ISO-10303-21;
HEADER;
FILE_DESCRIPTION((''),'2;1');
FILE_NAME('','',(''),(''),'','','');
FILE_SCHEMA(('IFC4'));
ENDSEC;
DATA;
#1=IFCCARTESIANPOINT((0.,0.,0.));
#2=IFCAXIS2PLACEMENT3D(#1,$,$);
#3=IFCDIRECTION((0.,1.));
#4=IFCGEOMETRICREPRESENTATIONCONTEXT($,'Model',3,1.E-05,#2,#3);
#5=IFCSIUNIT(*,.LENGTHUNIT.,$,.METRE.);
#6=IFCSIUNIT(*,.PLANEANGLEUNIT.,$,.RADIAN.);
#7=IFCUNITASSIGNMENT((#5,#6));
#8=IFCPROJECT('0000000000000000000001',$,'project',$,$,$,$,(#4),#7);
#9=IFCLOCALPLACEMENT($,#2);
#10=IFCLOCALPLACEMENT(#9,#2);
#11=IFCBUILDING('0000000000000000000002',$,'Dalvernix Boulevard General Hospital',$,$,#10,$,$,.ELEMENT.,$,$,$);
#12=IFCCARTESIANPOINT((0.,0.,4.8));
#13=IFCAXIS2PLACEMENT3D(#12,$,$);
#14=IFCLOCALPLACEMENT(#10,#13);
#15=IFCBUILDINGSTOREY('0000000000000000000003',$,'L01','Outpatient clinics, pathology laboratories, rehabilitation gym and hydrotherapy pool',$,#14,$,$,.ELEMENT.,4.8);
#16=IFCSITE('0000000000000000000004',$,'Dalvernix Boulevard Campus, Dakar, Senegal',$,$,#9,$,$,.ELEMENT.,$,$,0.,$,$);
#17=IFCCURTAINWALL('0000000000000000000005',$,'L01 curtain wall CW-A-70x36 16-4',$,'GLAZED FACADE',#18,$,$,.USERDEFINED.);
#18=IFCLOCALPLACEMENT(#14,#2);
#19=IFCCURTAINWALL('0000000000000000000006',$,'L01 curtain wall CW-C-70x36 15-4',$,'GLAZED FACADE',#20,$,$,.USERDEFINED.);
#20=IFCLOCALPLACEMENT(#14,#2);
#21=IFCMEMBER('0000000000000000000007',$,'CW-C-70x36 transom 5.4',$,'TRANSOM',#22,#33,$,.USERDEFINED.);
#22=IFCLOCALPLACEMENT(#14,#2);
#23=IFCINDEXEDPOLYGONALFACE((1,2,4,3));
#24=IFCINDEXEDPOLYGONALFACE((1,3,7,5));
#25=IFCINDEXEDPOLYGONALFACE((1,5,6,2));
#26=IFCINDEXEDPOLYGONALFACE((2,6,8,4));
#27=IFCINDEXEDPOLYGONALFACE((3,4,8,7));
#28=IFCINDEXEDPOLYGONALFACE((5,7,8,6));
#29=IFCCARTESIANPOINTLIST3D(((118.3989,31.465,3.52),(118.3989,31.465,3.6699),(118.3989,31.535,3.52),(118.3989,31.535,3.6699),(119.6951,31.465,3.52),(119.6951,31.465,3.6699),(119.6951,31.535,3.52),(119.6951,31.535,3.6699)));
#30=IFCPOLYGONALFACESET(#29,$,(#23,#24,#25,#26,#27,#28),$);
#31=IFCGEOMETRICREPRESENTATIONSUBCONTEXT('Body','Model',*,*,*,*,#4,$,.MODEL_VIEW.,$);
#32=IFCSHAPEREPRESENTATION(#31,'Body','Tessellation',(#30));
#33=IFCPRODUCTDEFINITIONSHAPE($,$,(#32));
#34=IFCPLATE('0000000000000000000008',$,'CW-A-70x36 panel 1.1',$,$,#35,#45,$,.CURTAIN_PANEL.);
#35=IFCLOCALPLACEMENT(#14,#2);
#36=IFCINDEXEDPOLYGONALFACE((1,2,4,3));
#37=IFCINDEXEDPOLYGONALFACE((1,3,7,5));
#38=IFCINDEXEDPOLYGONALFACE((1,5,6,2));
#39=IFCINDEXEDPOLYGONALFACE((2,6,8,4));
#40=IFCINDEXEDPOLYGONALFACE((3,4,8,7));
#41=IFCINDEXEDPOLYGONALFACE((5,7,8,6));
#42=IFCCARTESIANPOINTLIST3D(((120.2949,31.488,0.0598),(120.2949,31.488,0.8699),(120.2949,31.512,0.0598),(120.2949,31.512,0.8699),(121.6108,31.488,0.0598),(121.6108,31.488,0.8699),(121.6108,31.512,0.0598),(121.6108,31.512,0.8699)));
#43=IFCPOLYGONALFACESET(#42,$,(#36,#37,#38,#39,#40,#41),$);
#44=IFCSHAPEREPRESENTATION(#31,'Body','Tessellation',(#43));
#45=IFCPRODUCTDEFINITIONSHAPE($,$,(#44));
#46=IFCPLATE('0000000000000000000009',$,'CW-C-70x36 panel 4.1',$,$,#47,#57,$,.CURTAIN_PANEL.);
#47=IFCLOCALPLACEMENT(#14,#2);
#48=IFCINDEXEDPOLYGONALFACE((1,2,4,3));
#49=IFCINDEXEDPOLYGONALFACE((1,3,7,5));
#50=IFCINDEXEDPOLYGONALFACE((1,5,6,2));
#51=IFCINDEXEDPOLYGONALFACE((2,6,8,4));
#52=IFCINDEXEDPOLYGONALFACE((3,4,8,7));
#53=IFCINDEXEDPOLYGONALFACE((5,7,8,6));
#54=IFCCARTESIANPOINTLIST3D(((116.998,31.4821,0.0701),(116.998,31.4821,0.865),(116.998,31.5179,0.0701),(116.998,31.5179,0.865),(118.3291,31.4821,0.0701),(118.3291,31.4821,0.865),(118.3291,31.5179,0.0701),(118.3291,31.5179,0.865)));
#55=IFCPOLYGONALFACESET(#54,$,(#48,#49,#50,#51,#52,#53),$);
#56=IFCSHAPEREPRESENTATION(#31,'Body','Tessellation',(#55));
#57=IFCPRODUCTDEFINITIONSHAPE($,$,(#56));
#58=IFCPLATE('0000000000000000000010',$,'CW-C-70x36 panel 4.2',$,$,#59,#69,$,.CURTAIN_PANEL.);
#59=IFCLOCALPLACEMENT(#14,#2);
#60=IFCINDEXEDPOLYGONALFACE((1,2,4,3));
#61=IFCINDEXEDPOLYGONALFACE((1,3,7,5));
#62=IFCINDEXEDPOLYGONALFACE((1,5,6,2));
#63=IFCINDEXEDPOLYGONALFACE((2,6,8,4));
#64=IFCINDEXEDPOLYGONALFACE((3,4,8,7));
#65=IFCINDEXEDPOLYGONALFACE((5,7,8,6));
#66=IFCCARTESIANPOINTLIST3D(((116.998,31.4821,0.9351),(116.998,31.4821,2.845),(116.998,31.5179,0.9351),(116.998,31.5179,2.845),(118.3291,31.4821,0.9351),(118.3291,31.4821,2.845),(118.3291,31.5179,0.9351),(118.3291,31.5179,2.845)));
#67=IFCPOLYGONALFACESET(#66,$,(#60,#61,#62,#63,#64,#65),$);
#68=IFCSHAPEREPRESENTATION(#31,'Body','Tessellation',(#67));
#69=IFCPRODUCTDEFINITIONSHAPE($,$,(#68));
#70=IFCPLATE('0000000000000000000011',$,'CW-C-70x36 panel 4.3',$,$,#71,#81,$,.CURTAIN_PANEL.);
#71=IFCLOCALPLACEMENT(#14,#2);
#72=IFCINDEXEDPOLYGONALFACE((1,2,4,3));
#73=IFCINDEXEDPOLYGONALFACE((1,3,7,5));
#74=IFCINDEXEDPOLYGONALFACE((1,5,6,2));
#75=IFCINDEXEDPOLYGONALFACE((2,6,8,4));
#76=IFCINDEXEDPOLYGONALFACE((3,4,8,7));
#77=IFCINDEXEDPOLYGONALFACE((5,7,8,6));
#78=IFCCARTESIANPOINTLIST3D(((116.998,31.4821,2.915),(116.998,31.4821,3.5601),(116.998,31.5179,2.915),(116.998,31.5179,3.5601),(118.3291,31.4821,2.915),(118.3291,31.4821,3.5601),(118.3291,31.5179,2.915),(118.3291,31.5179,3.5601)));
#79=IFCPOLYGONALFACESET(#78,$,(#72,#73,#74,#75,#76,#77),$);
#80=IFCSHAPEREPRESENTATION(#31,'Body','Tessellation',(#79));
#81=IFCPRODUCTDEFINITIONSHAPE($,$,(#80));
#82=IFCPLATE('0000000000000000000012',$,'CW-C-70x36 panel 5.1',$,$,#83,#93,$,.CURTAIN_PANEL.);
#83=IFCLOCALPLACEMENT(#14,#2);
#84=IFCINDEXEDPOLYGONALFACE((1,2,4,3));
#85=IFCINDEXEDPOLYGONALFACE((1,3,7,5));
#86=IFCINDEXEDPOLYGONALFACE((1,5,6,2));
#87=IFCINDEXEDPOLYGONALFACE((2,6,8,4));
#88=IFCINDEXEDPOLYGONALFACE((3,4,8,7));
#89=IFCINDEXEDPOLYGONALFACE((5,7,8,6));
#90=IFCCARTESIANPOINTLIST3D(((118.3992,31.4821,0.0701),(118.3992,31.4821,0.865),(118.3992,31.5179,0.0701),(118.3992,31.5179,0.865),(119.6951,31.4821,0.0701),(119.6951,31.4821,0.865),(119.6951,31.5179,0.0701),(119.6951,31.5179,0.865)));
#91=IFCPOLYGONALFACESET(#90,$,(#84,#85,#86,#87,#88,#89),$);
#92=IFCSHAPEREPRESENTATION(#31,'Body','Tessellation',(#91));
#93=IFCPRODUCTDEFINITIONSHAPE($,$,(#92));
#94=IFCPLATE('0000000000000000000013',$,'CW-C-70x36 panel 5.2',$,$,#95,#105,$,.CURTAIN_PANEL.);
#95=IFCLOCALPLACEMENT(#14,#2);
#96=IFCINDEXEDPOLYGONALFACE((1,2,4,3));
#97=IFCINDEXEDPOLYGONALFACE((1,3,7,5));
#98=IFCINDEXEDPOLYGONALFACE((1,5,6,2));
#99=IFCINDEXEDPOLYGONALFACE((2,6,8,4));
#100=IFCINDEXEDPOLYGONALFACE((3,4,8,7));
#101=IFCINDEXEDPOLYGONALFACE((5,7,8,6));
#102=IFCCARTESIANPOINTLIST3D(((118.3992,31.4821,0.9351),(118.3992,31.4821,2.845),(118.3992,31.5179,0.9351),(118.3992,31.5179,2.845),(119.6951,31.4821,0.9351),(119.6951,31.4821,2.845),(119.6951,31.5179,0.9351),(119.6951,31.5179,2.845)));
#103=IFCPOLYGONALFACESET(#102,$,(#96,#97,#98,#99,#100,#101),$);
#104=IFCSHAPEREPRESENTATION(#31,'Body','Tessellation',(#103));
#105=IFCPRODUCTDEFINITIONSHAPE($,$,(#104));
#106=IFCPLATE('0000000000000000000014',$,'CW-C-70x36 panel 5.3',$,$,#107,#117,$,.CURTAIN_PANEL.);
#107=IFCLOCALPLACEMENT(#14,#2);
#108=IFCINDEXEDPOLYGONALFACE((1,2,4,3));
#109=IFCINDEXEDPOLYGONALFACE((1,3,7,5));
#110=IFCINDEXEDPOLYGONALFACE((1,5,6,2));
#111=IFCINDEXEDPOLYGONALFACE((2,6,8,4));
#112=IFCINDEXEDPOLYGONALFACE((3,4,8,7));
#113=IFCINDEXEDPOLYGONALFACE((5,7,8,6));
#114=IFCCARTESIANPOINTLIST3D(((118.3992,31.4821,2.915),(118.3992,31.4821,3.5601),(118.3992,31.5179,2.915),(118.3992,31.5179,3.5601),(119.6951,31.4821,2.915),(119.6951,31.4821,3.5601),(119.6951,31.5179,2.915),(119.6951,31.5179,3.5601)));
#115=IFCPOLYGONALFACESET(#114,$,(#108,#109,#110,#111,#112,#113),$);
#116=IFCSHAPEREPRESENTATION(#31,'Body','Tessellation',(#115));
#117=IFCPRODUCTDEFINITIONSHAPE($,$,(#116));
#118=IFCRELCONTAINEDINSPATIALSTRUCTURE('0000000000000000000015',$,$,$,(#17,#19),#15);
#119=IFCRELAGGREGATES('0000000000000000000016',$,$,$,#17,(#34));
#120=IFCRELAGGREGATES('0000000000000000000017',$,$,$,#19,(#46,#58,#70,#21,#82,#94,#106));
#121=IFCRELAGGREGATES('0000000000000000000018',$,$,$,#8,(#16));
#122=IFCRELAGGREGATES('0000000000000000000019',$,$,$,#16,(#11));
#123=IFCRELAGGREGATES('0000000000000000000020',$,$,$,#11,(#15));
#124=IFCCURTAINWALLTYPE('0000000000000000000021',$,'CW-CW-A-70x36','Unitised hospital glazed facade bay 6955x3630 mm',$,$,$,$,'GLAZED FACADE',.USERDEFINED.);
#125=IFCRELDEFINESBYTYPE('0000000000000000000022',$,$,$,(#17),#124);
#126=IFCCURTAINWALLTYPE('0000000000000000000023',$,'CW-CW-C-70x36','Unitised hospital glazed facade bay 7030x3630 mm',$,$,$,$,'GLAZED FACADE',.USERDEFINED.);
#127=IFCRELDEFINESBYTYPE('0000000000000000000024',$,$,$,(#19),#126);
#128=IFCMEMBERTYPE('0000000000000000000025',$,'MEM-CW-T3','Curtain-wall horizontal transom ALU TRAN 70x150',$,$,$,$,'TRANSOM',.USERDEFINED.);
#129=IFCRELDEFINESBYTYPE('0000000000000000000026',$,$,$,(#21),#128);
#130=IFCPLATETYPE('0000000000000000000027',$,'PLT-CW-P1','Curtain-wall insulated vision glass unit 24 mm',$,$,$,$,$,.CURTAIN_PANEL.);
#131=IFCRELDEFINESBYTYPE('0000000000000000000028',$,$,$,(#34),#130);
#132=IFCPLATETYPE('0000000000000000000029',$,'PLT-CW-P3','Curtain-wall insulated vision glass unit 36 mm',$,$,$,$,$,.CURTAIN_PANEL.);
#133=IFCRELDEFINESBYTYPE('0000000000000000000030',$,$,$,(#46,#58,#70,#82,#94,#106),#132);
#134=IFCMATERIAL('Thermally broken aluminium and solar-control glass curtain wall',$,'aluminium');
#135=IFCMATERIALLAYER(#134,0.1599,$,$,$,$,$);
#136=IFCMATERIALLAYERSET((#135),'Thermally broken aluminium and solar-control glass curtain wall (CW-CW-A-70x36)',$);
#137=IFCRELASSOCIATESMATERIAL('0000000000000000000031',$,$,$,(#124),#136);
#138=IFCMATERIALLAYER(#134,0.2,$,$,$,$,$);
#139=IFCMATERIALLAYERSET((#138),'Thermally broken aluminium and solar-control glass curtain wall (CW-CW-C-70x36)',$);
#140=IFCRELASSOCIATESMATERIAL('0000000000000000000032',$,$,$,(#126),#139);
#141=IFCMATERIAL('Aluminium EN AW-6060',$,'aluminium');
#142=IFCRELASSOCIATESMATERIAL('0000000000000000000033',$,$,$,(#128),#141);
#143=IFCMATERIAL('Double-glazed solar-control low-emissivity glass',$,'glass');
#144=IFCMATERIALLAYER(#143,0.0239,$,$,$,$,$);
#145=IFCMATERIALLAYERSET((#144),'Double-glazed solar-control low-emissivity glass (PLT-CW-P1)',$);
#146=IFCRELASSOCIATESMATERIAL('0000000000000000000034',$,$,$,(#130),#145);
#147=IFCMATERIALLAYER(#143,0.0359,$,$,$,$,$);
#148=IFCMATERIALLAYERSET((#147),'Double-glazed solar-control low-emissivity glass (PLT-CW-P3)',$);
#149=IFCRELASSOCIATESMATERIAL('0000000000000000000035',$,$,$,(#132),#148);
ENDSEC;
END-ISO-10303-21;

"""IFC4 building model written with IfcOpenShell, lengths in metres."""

from ifc_helpers import new_model, si_unit, direction, frame, origin, origin_2d, place, context, subcontext, project, spatial, rectangle, extrude, material, layer, layer_set, material_profile, profile_set, type_object, element, aggregate, save


model = new_model("IFC4")

# Units and contexts
model_context = context("Model", 3, precision=1e-05, world=origin(), true_north=direction((0.0, 1.0)))
body_context = subcontext(model_context, "Body", "Model", "MODEL_VIEW")
ifc_project = project(units=[si_unit("LENGTHUNIT", "METRE"), si_unit("PLANEANGLEUNIT", "RADIAN")], contexts=[model_context])

# Site, building, storey
site_placement = place(None, origin())
site = spatial("IfcSite", under=ifc_project, at=site_placement, Name="Dalvernix Boulevard Campus, Dakar, Senegal", CompositionType="ELEMENT", RefElevation=0.0)
building_placement = place(site_placement, origin())
building = spatial("IfcBuilding", under=site, at=building_placement, Name="Dalvernix Boulevard General Hospital", CompositionType="ELEMENT")
storey_placement = place(building_placement, frame((0.0, 0.0, 4.8)))
storey = spatial("IfcBuildingStorey", under=building, at=storey_placement, Name="L01", Description="Outpatient clinics, pathology laboratories, rehabilitation gym and hydrotherapy pool", CompositionType="ELEMENT", Elevation=4.8)

# Curtain wall
ifc_material_1 = material(Name="Thermally broken aluminium and solar-control glass curtain wall", Category="aluminium")
ifc_layer_1 = layer(ifc_material_1, 0.1599)
ifc_layer_set_1 = layer_set([ifc_layer_1], Name="Thermally broken aluminium and solar-control glass curtain wall (CW-CW-A-70x36)")
curtain_wall_type_1 = type_object("IfcCurtainWallType", Name="CW-CW-A-70x36", Description="Unitised hospital glazed facade bay 6955x3630 mm", ElementType="GLAZED FACADE", PredefinedType="USERDEFINED", material=ifc_layer_set_1)
curtain_wall_1_placement = place(storey_placement, origin())
curtain_wall_1 = element("IfcCurtainWall", 1, at=curtain_wall_1_placement, inside=storey, type_object=curtain_wall_type_1, Name="L01 curtain wall CW-A-70x36 16-4", ObjectType="GLAZED FACADE", PredefinedType="USERDEFINED")
ifc_material_2 = material(Name="Aluminium EN AW-6060", Category="aluminium")

# Curtain wall
ifc_layer_2 = layer(ifc_material_1, 0.2)
ifc_layer_set_2 = layer_set([ifc_layer_2], Name="Thermally broken aluminium and solar-control glass curtain wall (CW-CW-C-70x36)")
curtain_wall_type_2 = type_object("IfcCurtainWallType", Name="CW-CW-C-70x36", Description="Unitised hospital glazed facade bay 7030x3630 mm", ElementType="GLAZED FACADE", PredefinedType="USERDEFINED", material=ifc_layer_set_2)
curtain_wall_2_placement = place(storey_placement, origin())
curtain_wall_2 = element("IfcCurtainWall", 2, at=curtain_wall_2_placement, inside=storey, type_object=curtain_wall_type_2, Name="L01 curtain wall CW-C-70x36 15-4", ObjectType="GLAZED FACADE", PredefinedType="USERDEFINED")

# Member
ifc_material_profile_1 = material_profile(ifc_material_2, rectangle(XDim=0.0701, YDim=0.1499, at=origin_2d()), Name="ALU TRAN 70x150")
ifc_profile_set_1 = profile_set([ifc_material_profile_1], Name="Aluminium EN AW-6060")
member_type_1 = type_object("IfcMemberType", Name="MEM-CW-T3", Description="Curtain-wall horizontal transom ALU TRAN 70x150", ElementType="TRANSOM", PredefinedType="USERDEFINED", material=ifc_profile_set_1)
member_1_placement = place(storey_placement, frame((118.3989, 31.5, 3.595), z_axis=(1.0, 0.0, 0.0), x_axis=(0.0, 1.0, 0.0)))
member_1 = element("IfcMember", 3, at=member_1_placement, type_object=member_type_1, Name="CW-C-70x36 transom 5.4", ObjectType="TRANSOM", PredefinedType="USERDEFINED", context=body_context, shape_type="SweptSolid", body=[
    extrude(rectangle(XDim=0.0701, YDim=0.1499, at=origin_2d()), origin(), (0.0, 0.0, 1.0), 1.2961),
])

# Plates
ifc_material_3 = material(Name="Double-glazed solar-control low-emissivity glass", Category="glass")
ifc_layer_3 = layer(ifc_material_3, 0.0239)
ifc_layer_set_3 = layer_set([ifc_layer_3], Name="Double-glazed solar-control low-emissivity glass (PLT-CW-P1)")
plate_type_1 = type_object("IfcPlateType", Name="PLT-CW-P1", Description="Curtain-wall insulated vision glass unit 24 mm", PredefinedType="CURTAIN_PANEL", material=ifc_layer_set_3)
plate_1_placement = place(storey_placement, frame((120.9529, 31.5, 0.0598), z_axis=(0.0, 0.0, 1.0), x_axis=(1.0, 0.0, 0.0)))
plate_1 = element("IfcPlate", 4, at=plate_1_placement, type_object=plate_type_1, Name="CW-A-70x36 panel 1.1", PredefinedType="CURTAIN_PANEL", context=body_context, shape_type="SweptSolid", body=[
    extrude(rectangle(XDim=1.3159, YDim=0.0239, at=origin_2d()), origin(), (0.0, 0.0, 1.0), 0.8101),
])
aggregate(curtain_wall_1, [plate_1])
ifc_layer_4 = layer(ifc_material_3, 0.0359)
ifc_layer_set_4 = layer_set([ifc_layer_4], Name="Double-glazed solar-control low-emissivity glass (PLT-CW-P3)")
plate_type_2 = type_object("IfcPlateType", Name="PLT-CW-P3", Description="Curtain-wall insulated vision glass unit 36 mm", PredefinedType="CURTAIN_PANEL", material=ifc_layer_set_4)
plate_2_placement = place(storey_placement, frame((117.6636, 31.5, 0.0701), z_axis=(0.0, 0.0, 1.0), x_axis=(1.0, 0.0, 0.0)))
plate_2 = element("IfcPlate", 5, at=plate_2_placement, type_object=plate_type_2, Name="CW-C-70x36 panel 4.1", PredefinedType="CURTAIN_PANEL", context=body_context, shape_type="SweptSolid", body=[
    extrude(rectangle(XDim=1.3311, YDim=0.0359, at=origin_2d()), origin(), (0.0, 0.0, 1.0), 0.7949),
])
plate_3_placement = place(storey_placement, frame((117.6636, 31.5, 0.9351), z_axis=(0.0, 0.0, 1.0), x_axis=(1.0, 0.0, 0.0)))
plate_3 = element("IfcPlate", 6, at=plate_3_placement, type_object=plate_type_2, Name="CW-C-70x36 panel 4.2", PredefinedType="CURTAIN_PANEL", context=body_context, shape_type="SweptSolid", body=[
    extrude(rectangle(XDim=1.3311, YDim=0.0359, at=origin_2d()), origin(), (0.0, 0.0, 1.0), 1.9099),
])
plate_4_placement = place(storey_placement, frame((117.6636, 31.5, 2.915), z_axis=(0.0, 0.0, 1.0), x_axis=(1.0, 0.0, 0.0)))
plate_4 = element("IfcPlate", 7, at=plate_4_placement, type_object=plate_type_2, Name="CW-C-70x36 panel 4.3", PredefinedType="CURTAIN_PANEL", context=body_context, shape_type="SweptSolid", body=[
    extrude(rectangle(XDim=1.3311, YDim=0.0359, at=origin_2d()), origin(), (0.0, 0.0, 1.0), 0.645),
])
plate_5_placement = place(storey_placement, frame((119.0471, 31.5, 0.0701), z_axis=(0.0, 0.0, 1.0), x_axis=(1.0, 0.0, 0.0)))
plate_5 = element("IfcPlate", 8, at=plate_5_placement, type_object=plate_type_2, Name="CW-C-70x36 panel 5.1", PredefinedType="CURTAIN_PANEL", context=body_context, shape_type="SweptSolid", body=[
    extrude(rectangle(XDim=1.2959, YDim=0.0359, at=origin_2d()), origin(), (0.0, 0.0, 1.0), 0.7949),
])
plate_6_placement = place(storey_placement, frame((119.0471, 31.5, 0.9351), z_axis=(0.0, 0.0, 1.0), x_axis=(1.0, 0.0, 0.0)))
plate_6 = element("IfcPlate", 9, at=plate_6_placement, type_object=plate_type_2, Name="CW-C-70x36 panel 5.2", PredefinedType="CURTAIN_PANEL", context=body_context, shape_type="SweptSolid", body=[
    extrude(rectangle(XDim=1.2959, YDim=0.0359, at=origin_2d()), origin(), (0.0, 0.0, 1.0), 1.9099),
])
plate_7_placement = place(storey_placement, frame((119.0471, 31.5, 2.915), z_axis=(0.0, 0.0, 1.0), x_axis=(1.0, 0.0, 0.0)))
plate_7 = element("IfcPlate", 10, at=plate_7_placement, type_object=plate_type_2, Name="CW-C-70x36 panel 5.3", PredefinedType="CURTAIN_PANEL", context=body_context, shape_type="SweptSolid", body=[
    extrude(rectangle(XDim=1.2959, YDim=0.0359, at=origin_2d()), origin(), (0.0, 0.0, 1.0), 0.645),
])
aggregate(curtain_wall_2, [plate_2, plate_3, plate_4, member_1, plate_5, plate_6, plate_7])

save(model, "model.ifc")
